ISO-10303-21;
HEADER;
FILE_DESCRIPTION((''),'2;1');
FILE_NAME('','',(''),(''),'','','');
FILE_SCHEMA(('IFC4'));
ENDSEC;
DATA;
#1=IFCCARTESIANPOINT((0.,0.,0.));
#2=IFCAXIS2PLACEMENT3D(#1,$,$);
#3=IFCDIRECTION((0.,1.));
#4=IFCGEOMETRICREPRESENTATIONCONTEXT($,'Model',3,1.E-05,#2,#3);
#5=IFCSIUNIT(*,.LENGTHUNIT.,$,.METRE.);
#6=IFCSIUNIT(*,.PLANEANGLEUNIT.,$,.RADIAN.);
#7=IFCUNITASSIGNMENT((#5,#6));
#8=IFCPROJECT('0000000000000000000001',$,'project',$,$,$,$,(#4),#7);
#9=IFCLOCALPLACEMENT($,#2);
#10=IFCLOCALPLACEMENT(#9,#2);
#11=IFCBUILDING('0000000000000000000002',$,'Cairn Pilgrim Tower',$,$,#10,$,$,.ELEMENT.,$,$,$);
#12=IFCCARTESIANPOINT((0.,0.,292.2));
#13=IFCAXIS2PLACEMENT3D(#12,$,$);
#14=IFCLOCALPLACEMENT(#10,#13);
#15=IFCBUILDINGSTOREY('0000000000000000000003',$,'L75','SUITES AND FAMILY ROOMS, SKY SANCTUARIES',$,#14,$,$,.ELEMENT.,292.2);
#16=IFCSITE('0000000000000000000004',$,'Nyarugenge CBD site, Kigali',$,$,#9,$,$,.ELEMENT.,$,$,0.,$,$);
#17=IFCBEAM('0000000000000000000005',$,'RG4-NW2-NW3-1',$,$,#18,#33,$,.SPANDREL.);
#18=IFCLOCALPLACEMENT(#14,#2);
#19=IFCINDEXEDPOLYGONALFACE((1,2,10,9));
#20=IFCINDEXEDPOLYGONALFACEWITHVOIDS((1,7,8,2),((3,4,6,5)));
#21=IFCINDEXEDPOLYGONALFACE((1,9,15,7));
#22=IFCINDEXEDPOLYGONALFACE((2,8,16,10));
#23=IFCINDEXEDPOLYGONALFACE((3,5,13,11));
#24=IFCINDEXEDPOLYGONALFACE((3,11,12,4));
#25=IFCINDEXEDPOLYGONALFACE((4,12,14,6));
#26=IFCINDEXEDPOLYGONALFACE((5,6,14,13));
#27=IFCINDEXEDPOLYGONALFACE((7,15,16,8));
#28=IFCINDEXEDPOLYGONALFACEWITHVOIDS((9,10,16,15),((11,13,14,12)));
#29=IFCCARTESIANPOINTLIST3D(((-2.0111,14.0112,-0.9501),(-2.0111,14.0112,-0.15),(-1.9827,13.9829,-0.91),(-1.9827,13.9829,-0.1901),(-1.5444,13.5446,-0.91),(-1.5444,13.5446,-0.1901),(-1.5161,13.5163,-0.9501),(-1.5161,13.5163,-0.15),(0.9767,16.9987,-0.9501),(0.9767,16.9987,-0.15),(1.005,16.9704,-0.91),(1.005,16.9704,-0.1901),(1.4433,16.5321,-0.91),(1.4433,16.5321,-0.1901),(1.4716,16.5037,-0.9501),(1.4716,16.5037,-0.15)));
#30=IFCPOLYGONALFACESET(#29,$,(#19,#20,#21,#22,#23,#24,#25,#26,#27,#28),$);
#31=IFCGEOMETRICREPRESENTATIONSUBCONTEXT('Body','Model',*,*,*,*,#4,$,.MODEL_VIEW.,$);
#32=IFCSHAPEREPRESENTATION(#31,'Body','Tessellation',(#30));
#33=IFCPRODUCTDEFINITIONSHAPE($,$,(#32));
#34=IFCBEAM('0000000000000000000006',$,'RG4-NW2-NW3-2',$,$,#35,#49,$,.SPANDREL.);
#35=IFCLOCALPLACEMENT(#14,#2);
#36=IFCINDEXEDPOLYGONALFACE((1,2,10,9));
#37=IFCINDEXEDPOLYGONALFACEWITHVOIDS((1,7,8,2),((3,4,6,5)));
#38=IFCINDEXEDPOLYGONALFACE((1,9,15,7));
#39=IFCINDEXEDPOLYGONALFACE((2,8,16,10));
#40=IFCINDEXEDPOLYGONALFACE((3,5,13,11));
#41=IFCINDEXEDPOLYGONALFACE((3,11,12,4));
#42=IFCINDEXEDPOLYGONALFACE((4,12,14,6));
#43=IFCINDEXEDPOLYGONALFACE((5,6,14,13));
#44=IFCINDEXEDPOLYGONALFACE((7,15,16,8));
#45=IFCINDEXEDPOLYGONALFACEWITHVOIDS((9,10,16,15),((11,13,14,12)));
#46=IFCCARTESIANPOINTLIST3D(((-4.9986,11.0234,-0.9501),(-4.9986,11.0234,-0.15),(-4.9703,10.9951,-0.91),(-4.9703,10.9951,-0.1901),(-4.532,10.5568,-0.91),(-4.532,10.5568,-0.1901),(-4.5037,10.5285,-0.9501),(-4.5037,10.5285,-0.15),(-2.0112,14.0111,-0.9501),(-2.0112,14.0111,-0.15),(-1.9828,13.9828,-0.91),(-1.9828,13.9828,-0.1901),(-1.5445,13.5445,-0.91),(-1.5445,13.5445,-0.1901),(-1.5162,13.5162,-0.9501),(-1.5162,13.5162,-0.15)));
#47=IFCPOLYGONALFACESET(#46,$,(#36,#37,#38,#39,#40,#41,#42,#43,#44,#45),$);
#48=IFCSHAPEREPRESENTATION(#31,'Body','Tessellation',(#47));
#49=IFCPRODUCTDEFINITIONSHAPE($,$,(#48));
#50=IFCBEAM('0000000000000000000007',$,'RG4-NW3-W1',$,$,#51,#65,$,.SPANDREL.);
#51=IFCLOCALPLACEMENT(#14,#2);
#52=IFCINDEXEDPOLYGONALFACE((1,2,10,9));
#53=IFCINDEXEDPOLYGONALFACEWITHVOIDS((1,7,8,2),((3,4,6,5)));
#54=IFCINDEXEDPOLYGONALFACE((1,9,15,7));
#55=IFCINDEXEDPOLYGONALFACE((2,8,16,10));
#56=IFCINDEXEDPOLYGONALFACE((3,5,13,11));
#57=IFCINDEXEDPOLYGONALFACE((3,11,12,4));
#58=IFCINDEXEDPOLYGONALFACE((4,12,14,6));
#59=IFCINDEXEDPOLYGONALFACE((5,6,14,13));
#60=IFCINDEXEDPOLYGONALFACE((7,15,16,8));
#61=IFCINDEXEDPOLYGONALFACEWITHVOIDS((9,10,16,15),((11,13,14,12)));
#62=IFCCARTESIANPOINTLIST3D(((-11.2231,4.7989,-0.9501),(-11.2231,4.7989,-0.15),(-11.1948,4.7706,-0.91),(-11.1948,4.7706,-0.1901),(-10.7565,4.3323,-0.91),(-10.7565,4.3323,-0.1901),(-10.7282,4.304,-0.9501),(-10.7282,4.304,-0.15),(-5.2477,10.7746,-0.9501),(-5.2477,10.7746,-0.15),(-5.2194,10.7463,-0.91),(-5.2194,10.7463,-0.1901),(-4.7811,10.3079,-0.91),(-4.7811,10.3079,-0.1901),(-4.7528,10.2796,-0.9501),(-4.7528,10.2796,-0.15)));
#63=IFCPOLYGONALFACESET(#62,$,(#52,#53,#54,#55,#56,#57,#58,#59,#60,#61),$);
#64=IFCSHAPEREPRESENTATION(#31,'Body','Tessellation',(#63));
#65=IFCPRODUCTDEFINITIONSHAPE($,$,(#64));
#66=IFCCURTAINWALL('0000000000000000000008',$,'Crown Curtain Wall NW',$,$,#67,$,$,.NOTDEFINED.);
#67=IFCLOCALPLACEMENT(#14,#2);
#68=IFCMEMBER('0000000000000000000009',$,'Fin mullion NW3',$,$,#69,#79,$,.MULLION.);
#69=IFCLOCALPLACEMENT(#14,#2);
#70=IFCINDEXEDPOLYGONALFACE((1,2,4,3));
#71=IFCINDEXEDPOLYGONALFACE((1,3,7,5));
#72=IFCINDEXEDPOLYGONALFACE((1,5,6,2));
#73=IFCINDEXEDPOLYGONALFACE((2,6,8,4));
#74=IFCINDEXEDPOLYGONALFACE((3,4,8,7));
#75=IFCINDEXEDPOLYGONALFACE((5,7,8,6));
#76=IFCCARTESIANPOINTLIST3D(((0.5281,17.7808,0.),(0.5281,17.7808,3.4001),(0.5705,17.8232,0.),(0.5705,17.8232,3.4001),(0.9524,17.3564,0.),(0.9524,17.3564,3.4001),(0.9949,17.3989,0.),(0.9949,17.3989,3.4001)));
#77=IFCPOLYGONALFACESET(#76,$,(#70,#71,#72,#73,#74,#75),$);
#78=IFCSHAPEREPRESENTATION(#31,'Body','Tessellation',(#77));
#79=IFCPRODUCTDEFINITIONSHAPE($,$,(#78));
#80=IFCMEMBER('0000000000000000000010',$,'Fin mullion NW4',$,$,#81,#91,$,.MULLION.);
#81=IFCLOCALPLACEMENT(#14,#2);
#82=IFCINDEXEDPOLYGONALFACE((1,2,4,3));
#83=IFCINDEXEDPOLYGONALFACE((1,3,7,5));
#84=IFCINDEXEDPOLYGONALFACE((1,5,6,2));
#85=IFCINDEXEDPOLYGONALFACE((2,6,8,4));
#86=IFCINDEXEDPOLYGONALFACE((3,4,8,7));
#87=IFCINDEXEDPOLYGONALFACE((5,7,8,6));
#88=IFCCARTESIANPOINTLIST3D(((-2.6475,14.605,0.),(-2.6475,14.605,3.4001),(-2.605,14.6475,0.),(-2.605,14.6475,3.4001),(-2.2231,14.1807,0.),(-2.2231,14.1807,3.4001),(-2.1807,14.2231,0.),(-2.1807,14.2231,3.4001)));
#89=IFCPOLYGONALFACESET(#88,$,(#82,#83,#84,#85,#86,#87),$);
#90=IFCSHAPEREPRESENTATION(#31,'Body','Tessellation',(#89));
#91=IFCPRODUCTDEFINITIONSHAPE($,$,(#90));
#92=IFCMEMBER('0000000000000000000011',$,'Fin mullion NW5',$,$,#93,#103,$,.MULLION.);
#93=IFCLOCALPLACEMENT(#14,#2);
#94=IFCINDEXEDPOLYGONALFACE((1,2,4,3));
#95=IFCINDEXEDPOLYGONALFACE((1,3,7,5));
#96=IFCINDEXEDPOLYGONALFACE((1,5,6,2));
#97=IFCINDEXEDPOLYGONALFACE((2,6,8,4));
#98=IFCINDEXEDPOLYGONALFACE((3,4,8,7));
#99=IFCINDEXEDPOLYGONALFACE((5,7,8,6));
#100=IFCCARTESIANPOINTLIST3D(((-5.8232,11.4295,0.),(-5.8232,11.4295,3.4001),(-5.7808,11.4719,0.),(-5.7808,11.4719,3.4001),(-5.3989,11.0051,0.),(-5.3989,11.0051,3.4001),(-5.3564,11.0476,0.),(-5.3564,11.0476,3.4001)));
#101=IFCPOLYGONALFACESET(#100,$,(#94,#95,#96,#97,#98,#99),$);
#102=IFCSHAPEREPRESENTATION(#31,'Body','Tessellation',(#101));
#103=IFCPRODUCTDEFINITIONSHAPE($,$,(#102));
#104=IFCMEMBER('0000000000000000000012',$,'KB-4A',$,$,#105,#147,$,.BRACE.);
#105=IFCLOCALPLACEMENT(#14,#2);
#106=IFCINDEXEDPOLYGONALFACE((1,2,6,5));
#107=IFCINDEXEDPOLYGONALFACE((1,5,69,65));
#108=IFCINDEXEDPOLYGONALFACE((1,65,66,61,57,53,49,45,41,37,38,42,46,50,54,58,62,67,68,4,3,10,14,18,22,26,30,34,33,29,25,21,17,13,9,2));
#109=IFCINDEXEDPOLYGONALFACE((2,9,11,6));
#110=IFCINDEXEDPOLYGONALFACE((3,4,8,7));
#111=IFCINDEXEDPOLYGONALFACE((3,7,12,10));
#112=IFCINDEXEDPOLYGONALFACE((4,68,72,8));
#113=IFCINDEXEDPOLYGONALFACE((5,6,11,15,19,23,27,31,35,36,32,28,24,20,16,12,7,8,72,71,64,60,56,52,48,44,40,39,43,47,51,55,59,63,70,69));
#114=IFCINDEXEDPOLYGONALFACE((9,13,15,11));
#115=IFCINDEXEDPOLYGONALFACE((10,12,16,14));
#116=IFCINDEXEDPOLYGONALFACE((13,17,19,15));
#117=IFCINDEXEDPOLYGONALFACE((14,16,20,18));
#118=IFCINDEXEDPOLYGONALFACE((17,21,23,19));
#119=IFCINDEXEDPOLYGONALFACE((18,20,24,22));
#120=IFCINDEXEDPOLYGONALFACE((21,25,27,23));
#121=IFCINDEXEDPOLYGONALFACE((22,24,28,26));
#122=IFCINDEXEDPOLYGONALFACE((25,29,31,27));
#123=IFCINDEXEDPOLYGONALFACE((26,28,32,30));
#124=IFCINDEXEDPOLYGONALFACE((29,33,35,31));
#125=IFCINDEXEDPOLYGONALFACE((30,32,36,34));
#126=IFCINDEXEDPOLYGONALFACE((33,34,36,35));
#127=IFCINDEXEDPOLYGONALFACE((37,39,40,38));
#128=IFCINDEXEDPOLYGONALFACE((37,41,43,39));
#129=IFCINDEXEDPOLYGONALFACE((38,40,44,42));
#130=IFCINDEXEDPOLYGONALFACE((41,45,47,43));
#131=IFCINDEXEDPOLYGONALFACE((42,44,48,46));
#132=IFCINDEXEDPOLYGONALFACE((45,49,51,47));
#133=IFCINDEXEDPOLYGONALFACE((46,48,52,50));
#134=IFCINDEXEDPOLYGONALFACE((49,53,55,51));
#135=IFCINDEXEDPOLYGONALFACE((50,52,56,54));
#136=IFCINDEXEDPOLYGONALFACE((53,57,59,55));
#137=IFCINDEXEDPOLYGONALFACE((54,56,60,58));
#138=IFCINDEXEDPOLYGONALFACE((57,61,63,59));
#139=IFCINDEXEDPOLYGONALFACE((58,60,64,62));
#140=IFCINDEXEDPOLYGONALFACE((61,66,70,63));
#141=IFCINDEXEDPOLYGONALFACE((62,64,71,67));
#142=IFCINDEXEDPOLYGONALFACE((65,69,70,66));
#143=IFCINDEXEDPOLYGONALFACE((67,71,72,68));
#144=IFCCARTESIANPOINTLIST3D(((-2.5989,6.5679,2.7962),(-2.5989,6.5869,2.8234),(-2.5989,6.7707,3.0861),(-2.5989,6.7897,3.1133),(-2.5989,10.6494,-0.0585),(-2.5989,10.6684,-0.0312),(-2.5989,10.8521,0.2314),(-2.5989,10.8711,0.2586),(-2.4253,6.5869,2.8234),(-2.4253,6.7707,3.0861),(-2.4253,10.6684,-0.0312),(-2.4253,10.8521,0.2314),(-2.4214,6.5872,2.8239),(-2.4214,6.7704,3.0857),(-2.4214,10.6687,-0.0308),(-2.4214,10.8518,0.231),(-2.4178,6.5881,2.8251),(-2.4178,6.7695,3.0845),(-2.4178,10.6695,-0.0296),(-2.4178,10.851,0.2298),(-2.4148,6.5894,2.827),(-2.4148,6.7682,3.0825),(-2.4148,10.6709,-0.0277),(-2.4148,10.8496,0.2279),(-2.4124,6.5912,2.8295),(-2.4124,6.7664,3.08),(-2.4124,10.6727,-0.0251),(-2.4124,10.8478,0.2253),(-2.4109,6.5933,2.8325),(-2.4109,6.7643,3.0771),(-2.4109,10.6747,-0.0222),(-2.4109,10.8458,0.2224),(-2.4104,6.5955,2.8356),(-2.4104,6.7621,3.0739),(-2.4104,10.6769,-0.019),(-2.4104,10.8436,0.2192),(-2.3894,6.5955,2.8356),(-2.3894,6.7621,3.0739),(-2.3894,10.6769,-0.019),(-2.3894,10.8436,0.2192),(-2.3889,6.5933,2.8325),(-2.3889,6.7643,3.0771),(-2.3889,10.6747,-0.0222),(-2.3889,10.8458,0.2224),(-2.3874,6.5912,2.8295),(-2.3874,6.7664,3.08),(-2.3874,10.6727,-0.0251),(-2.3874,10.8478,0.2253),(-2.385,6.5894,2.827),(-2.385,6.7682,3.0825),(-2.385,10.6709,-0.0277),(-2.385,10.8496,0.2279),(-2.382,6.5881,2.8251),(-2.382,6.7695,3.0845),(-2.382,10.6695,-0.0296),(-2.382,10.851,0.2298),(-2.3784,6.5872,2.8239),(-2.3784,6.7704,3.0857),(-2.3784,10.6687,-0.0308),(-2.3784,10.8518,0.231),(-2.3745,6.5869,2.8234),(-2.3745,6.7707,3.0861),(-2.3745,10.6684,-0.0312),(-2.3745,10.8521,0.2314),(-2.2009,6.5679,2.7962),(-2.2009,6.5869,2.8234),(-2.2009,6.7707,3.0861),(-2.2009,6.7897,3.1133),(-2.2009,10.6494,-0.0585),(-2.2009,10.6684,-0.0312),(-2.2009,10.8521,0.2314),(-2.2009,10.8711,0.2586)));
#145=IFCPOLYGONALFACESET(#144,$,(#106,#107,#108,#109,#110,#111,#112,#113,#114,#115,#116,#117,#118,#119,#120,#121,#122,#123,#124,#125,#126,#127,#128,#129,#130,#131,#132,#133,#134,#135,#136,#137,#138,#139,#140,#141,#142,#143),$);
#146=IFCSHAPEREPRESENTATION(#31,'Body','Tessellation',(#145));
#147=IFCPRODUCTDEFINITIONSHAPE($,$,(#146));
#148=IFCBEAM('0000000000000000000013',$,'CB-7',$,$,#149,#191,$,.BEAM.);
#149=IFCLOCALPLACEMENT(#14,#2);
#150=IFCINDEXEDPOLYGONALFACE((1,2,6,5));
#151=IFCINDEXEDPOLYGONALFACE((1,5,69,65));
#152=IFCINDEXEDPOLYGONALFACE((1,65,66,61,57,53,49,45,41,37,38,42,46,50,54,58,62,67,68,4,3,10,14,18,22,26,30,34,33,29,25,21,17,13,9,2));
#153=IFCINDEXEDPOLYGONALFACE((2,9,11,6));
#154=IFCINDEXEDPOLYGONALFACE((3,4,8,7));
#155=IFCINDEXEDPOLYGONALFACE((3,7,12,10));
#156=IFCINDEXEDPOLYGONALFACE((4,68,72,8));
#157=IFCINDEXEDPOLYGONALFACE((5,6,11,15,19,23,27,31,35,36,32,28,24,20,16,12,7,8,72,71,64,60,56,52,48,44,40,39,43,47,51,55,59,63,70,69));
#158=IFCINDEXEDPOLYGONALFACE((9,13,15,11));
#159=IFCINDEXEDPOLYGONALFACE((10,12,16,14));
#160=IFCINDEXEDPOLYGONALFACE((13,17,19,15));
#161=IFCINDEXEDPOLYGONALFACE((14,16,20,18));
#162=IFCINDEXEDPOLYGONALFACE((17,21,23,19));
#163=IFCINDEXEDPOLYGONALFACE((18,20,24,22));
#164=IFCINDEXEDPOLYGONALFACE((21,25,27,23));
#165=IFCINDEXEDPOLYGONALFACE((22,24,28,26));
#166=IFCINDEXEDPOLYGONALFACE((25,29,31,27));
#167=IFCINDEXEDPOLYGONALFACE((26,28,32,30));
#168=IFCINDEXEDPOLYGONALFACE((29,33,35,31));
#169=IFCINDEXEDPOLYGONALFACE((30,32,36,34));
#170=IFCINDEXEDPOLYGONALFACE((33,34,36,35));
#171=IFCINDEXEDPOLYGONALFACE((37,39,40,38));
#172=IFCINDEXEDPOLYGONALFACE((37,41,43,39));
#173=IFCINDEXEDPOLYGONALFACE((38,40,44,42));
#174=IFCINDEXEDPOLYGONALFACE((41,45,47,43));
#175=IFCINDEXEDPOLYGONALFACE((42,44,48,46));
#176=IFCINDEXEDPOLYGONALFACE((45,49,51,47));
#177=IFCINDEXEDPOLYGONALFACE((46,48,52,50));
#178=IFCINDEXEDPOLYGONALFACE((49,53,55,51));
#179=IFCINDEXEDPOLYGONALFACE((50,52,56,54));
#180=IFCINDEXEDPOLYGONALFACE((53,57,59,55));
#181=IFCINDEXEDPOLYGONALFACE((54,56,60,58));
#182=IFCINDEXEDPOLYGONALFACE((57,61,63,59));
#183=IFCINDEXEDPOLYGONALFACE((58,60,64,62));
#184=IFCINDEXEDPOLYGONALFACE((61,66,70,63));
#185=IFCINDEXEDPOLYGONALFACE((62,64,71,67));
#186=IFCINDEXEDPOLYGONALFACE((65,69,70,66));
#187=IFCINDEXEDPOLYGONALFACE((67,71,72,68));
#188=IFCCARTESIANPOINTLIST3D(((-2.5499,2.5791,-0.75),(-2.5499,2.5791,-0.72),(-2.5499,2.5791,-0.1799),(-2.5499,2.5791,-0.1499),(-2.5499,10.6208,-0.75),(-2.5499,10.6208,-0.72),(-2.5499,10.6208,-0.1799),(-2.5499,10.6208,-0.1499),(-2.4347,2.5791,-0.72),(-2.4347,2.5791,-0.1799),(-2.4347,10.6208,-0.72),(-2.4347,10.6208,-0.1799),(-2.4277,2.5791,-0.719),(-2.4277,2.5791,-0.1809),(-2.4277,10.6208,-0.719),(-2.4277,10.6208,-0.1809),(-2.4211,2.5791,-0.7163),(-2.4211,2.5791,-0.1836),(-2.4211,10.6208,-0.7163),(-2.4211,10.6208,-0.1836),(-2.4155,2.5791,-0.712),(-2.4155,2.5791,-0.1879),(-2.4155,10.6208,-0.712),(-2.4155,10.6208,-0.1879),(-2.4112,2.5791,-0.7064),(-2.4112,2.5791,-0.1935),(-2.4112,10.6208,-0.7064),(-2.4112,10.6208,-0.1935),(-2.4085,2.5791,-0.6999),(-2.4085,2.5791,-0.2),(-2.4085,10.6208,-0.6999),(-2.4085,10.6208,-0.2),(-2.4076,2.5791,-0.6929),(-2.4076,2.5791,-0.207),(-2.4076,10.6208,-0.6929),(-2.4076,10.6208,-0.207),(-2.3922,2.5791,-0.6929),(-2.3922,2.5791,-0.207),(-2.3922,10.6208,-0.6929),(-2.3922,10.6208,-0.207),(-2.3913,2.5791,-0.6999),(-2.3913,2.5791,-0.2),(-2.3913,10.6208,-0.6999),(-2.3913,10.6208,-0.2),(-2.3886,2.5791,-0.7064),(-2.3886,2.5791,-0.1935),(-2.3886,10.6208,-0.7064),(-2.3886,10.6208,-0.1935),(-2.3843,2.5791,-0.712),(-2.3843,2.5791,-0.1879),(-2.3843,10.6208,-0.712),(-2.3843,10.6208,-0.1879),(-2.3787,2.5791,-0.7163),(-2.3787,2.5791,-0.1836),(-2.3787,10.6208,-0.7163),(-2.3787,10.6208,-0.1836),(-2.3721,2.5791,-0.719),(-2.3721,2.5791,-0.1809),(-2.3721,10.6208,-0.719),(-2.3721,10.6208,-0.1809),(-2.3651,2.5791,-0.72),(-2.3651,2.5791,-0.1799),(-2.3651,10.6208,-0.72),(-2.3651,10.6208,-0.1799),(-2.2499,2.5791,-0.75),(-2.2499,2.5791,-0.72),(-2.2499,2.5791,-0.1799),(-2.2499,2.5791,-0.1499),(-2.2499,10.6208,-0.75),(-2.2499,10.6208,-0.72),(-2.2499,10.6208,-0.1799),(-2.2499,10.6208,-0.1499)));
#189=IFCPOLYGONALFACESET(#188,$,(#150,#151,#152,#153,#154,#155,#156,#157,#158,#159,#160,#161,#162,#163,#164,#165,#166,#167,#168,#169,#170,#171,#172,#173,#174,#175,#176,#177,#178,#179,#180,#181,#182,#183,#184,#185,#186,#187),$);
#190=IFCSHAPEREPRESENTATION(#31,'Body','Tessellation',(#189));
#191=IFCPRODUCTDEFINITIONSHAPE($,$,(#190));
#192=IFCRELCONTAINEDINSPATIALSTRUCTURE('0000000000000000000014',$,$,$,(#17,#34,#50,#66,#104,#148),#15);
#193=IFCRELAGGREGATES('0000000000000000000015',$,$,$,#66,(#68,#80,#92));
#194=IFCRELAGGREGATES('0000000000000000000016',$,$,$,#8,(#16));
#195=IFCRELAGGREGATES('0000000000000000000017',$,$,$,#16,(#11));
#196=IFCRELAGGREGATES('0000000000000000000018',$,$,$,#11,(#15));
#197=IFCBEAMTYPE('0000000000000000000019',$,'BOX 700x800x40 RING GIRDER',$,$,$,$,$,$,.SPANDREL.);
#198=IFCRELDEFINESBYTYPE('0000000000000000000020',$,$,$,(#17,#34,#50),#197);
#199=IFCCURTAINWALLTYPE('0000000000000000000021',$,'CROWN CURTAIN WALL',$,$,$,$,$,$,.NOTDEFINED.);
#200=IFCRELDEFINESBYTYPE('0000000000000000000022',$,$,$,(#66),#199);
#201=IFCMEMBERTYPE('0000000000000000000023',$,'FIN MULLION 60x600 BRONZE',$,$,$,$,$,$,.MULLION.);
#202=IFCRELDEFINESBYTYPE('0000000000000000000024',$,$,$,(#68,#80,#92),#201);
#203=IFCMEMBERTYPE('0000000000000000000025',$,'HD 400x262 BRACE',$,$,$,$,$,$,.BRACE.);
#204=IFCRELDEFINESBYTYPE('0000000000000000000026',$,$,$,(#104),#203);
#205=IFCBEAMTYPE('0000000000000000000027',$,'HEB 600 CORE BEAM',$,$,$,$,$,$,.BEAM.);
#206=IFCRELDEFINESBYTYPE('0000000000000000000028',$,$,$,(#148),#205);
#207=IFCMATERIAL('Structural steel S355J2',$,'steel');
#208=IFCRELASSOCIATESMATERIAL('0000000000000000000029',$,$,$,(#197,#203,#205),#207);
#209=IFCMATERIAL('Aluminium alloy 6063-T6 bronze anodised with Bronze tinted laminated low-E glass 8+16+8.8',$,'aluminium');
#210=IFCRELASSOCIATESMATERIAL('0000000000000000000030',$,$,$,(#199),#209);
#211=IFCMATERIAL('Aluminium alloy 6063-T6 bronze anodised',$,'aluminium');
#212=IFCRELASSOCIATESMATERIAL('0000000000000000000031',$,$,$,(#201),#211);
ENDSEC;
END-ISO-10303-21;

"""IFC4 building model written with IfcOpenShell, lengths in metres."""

from ifc_helpers import new_model, si_unit, direction, frame, origin, origin_2d, place, context, subcontext, project, spatial, rectangle, hollow_rectangle, i_section, extrude, material, material_profile, profile_set, type_object, element, aggregate, save


model = new_model("IFC4")

# Units and contexts
model_context = context("Model", 3, precision=1e-05, world=origin(), true_north=direction((0.0, 1.0)))
body_context = subcontext(model_context, "Body", "Model", "MODEL_VIEW")
ifc_project = project(units=[si_unit("LENGTHUNIT", "METRE"), si_unit("PLANEANGLEUNIT", "RADIAN")], contexts=[model_context])

# Site, building, storey
site_placement = place(None, origin())
site = spatial("IfcSite", under=ifc_project, at=site_placement, Name="Nyarugenge CBD site, Kigali", CompositionType="ELEMENT", RefElevation=0.0)
building_placement = place(site_placement, origin())
building = spatial("IfcBuilding", under=site, at=building_placement, Name="Cairn Pilgrim Tower", CompositionType="ELEMENT")
storey_placement = place(building_placement, frame((0.0, 0.0, 292.2)))
storey = spatial("IfcBuildingStorey", under=building, at=storey_placement, Name="L75", Description="SUITES AND FAMILY ROOMS, SKY SANCTUARIES", CompositionType="ELEMENT", Elevation=292.2)

# Shared definitions
ifc_material_1 = material(Name="Structural steel S355J2", Category="steel")

# Beams
ifc_material_profile_1 = material_profile(ifc_material_1, hollow_rectangle(XDim=0.7, YDim=0.8, WallThickness=0.04, at=origin_2d()), Name="BOX 700x800x40")
ifc_profile_set_1 = profile_set([ifc_material_profile_1], Name="Structural steel S355J2")
beam_type_1 = type_object("IfcBeamType", Name="BOX 700x800x40 RING GIRDER", PredefinedType="SPANDREL", material=ifc_profile_set_1)
for number, where, z_axis, x_axis, name in (
    (1, (1.2241, 16.7512, -0.55), (-0.707136, -0.707078, 0.0), (0.707078, -0.707136, 0.0), "RG4-NW2-NW3-1"),
    (2, (-1.7637, 13.7637, -0.55), (-0.707078, -0.707136, 0.0), (0.707136, -0.707078, 0.0), "RG4-NW2-NW3-2"),
):
    element("IfcBeam", number, at=place(storey_placement, frame(where, z_axis=z_axis, x_axis=x_axis)), inside=storey, type_object=beam_type_1, Name=name, PredefinedType="SPANDREL", context=body_context, shape_type="SweptSolid", body=[
        extrude(hollow_rectangle(XDim=0.7, YDim=0.8, WallThickness=0.04, at=origin_2d()), origin(), (0.0, 0.0, 1.0), 4.2251),
    ])
beam_1_placement = place(storey_placement, frame((-5.0002, 10.5271, -0.55), z_axis=(-0.707092, -0.707121, 0.0), x_axis=(0.707121, -0.707092, 0.0)))
element("IfcBeam", 3, at=beam_1_placement, inside=storey, type_object=beam_type_1, Name="RG4-NW3-W1", PredefinedType="SPANDREL", context=body_context, shape_type="SweptSolid", body=[
    extrude(hollow_rectangle(XDim=0.7, YDim=0.8, WallThickness=0.04, at=origin_2d()), origin(), (0.0, 0.0, 1.0), 8.4507),
])

# Curtain wall, members
ifc_material_2 = material(Name="Aluminium alloy 6063-T6 bronze anodised with Bronze tinted laminated low-E glass 8+16+8.8", Category="aluminium")
curtain_wall_type = type_object("IfcCurtainWallType", Name="CROWN CURTAIN WALL", PredefinedType="NOTDEFINED", material=ifc_material_2)
curtain_wall_placement = place(storey_placement, origin())
curtain_wall = element("IfcCurtainWall", 4, at=curtain_wall_placement, inside=storey, type_object=curtain_wall_type, Name="Crown Curtain Wall NW", PredefinedType="NOTDEFINED")
ifc_material_3 = material(Name="Aluminium alloy 6063-T6 bronze anodised", Category="aluminium")
ifc_material_profile_2 = material_profile(ifc_material_3, rectangle(XDim=0.6001, YDim=0.0601, at=origin_2d()), Name="FIN MULLION 60x600 BRONZE")
ifc_profile_set_2 = profile_set([ifc_material_profile_2], Name="Aluminium alloy 6063-T6 bronze anodised")
member_type_1 = type_object("IfcMemberType", Name="FIN MULLION 60x600 BRONZE", PredefinedType="MULLION", material=ifc_profile_set_2)
member_1_placement = place(storey_placement, frame((0.7615, 17.5898, 0.0), z_axis=(0.0, 0.0, 1.0), x_axis=(-0.707107, 0.707107, 0.0)))
member_1 = element("IfcMember", 5, at=member_1_placement, type_object=member_type_1, Name="Fin mullion NW3", PredefinedType="MULLION", context=body_context, shape_type="SweptSolid", body=[
    extrude(rectangle(XDim=0.6001, YDim=0.0601, at=origin_2d()), origin(), (0.0, 0.0, 1.0), 3.4001),
])
member_2_placement = place(storey_placement, frame((-2.4141, 14.4141, 0.0), z_axis=(0.0, 0.0, 1.0), x_axis=(-0.707107, 0.707107, 0.0)))
member_2 = element("IfcMember", 6, at=member_2_placement, type_object=member_type_1, Name="Fin mullion NW4", PredefinedType="MULLION", context=body_context, shape_type="SweptSolid", body=[
    extrude(rectangle(XDim=0.6001, YDim=0.0601, at=origin_2d()), origin(), (0.0, 0.0, 1.0), 3.4001),
])
member_3_placement = place(storey_placement, frame((-5.5898, 11.2385, 0.0), z_axis=(0.0, 0.0, 1.0), x_axis=(-0.707107, 0.707107, 0.0)))
member_3 = element("IfcMember", 7, at=member_3_placement, type_object=member_type_1, Name="Fin mullion NW5", PredefinedType="MULLION", context=body_context, shape_type="SweptSolid", body=[
    extrude(rectangle(XDim=0.6001, YDim=0.0601, at=origin_2d()), origin(), (0.0, 0.0, 1.0), 3.4001),
])

# Member
ifc_material_profile_3 = material_profile(ifc_material_1, i_section(OverallWidth=0.3979, OverallDepth=0.387, WebThickness=0.021, FlangeThickness=0.0332, FilletRadius=0.0149, at=origin_2d()), Name="HD 400x262")
ifc_profile_set_3 = profile_set([ifc_material_profile_3], Name="Structural steel S355J2")
member_type_2 = type_object("IfcMemberType", Name="HD 400x262 BRACE", PredefinedType="BRACE", material=ifc_profile_set_3)
member_4_placement = place(storey_placement, frame((-2.3999, 10.7603, 0.1001), z_axis=(0.0, -0.819453, 0.573146), x_axis=(1.0, 0.0, 0.0)))
element("IfcMember", 8, at=member_4_placement, inside=storey, type_object=member_type_2, Name="KB-4A", PredefinedType="BRACE", context=body_context, shape_type="SweptSolid", body=[
    extrude(i_section(OverallWidth=0.3979, OverallDepth=0.387, WebThickness=0.021, FlangeThickness=0.0332, FilletRadius=0.0149, at=origin_2d()), origin(), (0.0, 0.0, 1.0), 4.9807),
])

# Beam
ifc_material_profile_4 = material_profile(ifc_material_1, i_section(OverallWidth=0.3, OverallDepth=0.6001, WebThickness=0.0154, FlangeThickness=0.03, FilletRadius=0.0271, at=origin_2d()), Name="HEB 600")
ifc_profile_set_4 = profile_set([ifc_material_profile_4], Name="Structural steel S355J2")
beam_type_2 = type_object("IfcBeamType", Name="HEB 600 CORE BEAM", PredefinedType="BEAM", material=ifc_profile_set_4)
beam_2_placement = place(storey_placement, frame((-2.3999, 10.6208, -0.45), z_axis=(0.0, -1.0, 0.0), x_axis=(1.0, 0.0, 0.0)))
element("IfcBeam", 9, at=beam_2_placement, inside=storey, type_object=beam_type_2, Name="CB-7", PredefinedType="BEAM", context=body_context, shape_type="SweptSolid", body=[
    extrude(i_section(OverallWidth=0.3, OverallDepth=0.6001, WebThickness=0.0154, FlangeThickness=0.03, FilletRadius=0.0271, at=origin_2d()), origin(), (0.0, 0.0, 1.0), 8.0417),
])

aggregate(curtain_wall, [member_1, member_2, member_3])

save(model, "model.ifc")
